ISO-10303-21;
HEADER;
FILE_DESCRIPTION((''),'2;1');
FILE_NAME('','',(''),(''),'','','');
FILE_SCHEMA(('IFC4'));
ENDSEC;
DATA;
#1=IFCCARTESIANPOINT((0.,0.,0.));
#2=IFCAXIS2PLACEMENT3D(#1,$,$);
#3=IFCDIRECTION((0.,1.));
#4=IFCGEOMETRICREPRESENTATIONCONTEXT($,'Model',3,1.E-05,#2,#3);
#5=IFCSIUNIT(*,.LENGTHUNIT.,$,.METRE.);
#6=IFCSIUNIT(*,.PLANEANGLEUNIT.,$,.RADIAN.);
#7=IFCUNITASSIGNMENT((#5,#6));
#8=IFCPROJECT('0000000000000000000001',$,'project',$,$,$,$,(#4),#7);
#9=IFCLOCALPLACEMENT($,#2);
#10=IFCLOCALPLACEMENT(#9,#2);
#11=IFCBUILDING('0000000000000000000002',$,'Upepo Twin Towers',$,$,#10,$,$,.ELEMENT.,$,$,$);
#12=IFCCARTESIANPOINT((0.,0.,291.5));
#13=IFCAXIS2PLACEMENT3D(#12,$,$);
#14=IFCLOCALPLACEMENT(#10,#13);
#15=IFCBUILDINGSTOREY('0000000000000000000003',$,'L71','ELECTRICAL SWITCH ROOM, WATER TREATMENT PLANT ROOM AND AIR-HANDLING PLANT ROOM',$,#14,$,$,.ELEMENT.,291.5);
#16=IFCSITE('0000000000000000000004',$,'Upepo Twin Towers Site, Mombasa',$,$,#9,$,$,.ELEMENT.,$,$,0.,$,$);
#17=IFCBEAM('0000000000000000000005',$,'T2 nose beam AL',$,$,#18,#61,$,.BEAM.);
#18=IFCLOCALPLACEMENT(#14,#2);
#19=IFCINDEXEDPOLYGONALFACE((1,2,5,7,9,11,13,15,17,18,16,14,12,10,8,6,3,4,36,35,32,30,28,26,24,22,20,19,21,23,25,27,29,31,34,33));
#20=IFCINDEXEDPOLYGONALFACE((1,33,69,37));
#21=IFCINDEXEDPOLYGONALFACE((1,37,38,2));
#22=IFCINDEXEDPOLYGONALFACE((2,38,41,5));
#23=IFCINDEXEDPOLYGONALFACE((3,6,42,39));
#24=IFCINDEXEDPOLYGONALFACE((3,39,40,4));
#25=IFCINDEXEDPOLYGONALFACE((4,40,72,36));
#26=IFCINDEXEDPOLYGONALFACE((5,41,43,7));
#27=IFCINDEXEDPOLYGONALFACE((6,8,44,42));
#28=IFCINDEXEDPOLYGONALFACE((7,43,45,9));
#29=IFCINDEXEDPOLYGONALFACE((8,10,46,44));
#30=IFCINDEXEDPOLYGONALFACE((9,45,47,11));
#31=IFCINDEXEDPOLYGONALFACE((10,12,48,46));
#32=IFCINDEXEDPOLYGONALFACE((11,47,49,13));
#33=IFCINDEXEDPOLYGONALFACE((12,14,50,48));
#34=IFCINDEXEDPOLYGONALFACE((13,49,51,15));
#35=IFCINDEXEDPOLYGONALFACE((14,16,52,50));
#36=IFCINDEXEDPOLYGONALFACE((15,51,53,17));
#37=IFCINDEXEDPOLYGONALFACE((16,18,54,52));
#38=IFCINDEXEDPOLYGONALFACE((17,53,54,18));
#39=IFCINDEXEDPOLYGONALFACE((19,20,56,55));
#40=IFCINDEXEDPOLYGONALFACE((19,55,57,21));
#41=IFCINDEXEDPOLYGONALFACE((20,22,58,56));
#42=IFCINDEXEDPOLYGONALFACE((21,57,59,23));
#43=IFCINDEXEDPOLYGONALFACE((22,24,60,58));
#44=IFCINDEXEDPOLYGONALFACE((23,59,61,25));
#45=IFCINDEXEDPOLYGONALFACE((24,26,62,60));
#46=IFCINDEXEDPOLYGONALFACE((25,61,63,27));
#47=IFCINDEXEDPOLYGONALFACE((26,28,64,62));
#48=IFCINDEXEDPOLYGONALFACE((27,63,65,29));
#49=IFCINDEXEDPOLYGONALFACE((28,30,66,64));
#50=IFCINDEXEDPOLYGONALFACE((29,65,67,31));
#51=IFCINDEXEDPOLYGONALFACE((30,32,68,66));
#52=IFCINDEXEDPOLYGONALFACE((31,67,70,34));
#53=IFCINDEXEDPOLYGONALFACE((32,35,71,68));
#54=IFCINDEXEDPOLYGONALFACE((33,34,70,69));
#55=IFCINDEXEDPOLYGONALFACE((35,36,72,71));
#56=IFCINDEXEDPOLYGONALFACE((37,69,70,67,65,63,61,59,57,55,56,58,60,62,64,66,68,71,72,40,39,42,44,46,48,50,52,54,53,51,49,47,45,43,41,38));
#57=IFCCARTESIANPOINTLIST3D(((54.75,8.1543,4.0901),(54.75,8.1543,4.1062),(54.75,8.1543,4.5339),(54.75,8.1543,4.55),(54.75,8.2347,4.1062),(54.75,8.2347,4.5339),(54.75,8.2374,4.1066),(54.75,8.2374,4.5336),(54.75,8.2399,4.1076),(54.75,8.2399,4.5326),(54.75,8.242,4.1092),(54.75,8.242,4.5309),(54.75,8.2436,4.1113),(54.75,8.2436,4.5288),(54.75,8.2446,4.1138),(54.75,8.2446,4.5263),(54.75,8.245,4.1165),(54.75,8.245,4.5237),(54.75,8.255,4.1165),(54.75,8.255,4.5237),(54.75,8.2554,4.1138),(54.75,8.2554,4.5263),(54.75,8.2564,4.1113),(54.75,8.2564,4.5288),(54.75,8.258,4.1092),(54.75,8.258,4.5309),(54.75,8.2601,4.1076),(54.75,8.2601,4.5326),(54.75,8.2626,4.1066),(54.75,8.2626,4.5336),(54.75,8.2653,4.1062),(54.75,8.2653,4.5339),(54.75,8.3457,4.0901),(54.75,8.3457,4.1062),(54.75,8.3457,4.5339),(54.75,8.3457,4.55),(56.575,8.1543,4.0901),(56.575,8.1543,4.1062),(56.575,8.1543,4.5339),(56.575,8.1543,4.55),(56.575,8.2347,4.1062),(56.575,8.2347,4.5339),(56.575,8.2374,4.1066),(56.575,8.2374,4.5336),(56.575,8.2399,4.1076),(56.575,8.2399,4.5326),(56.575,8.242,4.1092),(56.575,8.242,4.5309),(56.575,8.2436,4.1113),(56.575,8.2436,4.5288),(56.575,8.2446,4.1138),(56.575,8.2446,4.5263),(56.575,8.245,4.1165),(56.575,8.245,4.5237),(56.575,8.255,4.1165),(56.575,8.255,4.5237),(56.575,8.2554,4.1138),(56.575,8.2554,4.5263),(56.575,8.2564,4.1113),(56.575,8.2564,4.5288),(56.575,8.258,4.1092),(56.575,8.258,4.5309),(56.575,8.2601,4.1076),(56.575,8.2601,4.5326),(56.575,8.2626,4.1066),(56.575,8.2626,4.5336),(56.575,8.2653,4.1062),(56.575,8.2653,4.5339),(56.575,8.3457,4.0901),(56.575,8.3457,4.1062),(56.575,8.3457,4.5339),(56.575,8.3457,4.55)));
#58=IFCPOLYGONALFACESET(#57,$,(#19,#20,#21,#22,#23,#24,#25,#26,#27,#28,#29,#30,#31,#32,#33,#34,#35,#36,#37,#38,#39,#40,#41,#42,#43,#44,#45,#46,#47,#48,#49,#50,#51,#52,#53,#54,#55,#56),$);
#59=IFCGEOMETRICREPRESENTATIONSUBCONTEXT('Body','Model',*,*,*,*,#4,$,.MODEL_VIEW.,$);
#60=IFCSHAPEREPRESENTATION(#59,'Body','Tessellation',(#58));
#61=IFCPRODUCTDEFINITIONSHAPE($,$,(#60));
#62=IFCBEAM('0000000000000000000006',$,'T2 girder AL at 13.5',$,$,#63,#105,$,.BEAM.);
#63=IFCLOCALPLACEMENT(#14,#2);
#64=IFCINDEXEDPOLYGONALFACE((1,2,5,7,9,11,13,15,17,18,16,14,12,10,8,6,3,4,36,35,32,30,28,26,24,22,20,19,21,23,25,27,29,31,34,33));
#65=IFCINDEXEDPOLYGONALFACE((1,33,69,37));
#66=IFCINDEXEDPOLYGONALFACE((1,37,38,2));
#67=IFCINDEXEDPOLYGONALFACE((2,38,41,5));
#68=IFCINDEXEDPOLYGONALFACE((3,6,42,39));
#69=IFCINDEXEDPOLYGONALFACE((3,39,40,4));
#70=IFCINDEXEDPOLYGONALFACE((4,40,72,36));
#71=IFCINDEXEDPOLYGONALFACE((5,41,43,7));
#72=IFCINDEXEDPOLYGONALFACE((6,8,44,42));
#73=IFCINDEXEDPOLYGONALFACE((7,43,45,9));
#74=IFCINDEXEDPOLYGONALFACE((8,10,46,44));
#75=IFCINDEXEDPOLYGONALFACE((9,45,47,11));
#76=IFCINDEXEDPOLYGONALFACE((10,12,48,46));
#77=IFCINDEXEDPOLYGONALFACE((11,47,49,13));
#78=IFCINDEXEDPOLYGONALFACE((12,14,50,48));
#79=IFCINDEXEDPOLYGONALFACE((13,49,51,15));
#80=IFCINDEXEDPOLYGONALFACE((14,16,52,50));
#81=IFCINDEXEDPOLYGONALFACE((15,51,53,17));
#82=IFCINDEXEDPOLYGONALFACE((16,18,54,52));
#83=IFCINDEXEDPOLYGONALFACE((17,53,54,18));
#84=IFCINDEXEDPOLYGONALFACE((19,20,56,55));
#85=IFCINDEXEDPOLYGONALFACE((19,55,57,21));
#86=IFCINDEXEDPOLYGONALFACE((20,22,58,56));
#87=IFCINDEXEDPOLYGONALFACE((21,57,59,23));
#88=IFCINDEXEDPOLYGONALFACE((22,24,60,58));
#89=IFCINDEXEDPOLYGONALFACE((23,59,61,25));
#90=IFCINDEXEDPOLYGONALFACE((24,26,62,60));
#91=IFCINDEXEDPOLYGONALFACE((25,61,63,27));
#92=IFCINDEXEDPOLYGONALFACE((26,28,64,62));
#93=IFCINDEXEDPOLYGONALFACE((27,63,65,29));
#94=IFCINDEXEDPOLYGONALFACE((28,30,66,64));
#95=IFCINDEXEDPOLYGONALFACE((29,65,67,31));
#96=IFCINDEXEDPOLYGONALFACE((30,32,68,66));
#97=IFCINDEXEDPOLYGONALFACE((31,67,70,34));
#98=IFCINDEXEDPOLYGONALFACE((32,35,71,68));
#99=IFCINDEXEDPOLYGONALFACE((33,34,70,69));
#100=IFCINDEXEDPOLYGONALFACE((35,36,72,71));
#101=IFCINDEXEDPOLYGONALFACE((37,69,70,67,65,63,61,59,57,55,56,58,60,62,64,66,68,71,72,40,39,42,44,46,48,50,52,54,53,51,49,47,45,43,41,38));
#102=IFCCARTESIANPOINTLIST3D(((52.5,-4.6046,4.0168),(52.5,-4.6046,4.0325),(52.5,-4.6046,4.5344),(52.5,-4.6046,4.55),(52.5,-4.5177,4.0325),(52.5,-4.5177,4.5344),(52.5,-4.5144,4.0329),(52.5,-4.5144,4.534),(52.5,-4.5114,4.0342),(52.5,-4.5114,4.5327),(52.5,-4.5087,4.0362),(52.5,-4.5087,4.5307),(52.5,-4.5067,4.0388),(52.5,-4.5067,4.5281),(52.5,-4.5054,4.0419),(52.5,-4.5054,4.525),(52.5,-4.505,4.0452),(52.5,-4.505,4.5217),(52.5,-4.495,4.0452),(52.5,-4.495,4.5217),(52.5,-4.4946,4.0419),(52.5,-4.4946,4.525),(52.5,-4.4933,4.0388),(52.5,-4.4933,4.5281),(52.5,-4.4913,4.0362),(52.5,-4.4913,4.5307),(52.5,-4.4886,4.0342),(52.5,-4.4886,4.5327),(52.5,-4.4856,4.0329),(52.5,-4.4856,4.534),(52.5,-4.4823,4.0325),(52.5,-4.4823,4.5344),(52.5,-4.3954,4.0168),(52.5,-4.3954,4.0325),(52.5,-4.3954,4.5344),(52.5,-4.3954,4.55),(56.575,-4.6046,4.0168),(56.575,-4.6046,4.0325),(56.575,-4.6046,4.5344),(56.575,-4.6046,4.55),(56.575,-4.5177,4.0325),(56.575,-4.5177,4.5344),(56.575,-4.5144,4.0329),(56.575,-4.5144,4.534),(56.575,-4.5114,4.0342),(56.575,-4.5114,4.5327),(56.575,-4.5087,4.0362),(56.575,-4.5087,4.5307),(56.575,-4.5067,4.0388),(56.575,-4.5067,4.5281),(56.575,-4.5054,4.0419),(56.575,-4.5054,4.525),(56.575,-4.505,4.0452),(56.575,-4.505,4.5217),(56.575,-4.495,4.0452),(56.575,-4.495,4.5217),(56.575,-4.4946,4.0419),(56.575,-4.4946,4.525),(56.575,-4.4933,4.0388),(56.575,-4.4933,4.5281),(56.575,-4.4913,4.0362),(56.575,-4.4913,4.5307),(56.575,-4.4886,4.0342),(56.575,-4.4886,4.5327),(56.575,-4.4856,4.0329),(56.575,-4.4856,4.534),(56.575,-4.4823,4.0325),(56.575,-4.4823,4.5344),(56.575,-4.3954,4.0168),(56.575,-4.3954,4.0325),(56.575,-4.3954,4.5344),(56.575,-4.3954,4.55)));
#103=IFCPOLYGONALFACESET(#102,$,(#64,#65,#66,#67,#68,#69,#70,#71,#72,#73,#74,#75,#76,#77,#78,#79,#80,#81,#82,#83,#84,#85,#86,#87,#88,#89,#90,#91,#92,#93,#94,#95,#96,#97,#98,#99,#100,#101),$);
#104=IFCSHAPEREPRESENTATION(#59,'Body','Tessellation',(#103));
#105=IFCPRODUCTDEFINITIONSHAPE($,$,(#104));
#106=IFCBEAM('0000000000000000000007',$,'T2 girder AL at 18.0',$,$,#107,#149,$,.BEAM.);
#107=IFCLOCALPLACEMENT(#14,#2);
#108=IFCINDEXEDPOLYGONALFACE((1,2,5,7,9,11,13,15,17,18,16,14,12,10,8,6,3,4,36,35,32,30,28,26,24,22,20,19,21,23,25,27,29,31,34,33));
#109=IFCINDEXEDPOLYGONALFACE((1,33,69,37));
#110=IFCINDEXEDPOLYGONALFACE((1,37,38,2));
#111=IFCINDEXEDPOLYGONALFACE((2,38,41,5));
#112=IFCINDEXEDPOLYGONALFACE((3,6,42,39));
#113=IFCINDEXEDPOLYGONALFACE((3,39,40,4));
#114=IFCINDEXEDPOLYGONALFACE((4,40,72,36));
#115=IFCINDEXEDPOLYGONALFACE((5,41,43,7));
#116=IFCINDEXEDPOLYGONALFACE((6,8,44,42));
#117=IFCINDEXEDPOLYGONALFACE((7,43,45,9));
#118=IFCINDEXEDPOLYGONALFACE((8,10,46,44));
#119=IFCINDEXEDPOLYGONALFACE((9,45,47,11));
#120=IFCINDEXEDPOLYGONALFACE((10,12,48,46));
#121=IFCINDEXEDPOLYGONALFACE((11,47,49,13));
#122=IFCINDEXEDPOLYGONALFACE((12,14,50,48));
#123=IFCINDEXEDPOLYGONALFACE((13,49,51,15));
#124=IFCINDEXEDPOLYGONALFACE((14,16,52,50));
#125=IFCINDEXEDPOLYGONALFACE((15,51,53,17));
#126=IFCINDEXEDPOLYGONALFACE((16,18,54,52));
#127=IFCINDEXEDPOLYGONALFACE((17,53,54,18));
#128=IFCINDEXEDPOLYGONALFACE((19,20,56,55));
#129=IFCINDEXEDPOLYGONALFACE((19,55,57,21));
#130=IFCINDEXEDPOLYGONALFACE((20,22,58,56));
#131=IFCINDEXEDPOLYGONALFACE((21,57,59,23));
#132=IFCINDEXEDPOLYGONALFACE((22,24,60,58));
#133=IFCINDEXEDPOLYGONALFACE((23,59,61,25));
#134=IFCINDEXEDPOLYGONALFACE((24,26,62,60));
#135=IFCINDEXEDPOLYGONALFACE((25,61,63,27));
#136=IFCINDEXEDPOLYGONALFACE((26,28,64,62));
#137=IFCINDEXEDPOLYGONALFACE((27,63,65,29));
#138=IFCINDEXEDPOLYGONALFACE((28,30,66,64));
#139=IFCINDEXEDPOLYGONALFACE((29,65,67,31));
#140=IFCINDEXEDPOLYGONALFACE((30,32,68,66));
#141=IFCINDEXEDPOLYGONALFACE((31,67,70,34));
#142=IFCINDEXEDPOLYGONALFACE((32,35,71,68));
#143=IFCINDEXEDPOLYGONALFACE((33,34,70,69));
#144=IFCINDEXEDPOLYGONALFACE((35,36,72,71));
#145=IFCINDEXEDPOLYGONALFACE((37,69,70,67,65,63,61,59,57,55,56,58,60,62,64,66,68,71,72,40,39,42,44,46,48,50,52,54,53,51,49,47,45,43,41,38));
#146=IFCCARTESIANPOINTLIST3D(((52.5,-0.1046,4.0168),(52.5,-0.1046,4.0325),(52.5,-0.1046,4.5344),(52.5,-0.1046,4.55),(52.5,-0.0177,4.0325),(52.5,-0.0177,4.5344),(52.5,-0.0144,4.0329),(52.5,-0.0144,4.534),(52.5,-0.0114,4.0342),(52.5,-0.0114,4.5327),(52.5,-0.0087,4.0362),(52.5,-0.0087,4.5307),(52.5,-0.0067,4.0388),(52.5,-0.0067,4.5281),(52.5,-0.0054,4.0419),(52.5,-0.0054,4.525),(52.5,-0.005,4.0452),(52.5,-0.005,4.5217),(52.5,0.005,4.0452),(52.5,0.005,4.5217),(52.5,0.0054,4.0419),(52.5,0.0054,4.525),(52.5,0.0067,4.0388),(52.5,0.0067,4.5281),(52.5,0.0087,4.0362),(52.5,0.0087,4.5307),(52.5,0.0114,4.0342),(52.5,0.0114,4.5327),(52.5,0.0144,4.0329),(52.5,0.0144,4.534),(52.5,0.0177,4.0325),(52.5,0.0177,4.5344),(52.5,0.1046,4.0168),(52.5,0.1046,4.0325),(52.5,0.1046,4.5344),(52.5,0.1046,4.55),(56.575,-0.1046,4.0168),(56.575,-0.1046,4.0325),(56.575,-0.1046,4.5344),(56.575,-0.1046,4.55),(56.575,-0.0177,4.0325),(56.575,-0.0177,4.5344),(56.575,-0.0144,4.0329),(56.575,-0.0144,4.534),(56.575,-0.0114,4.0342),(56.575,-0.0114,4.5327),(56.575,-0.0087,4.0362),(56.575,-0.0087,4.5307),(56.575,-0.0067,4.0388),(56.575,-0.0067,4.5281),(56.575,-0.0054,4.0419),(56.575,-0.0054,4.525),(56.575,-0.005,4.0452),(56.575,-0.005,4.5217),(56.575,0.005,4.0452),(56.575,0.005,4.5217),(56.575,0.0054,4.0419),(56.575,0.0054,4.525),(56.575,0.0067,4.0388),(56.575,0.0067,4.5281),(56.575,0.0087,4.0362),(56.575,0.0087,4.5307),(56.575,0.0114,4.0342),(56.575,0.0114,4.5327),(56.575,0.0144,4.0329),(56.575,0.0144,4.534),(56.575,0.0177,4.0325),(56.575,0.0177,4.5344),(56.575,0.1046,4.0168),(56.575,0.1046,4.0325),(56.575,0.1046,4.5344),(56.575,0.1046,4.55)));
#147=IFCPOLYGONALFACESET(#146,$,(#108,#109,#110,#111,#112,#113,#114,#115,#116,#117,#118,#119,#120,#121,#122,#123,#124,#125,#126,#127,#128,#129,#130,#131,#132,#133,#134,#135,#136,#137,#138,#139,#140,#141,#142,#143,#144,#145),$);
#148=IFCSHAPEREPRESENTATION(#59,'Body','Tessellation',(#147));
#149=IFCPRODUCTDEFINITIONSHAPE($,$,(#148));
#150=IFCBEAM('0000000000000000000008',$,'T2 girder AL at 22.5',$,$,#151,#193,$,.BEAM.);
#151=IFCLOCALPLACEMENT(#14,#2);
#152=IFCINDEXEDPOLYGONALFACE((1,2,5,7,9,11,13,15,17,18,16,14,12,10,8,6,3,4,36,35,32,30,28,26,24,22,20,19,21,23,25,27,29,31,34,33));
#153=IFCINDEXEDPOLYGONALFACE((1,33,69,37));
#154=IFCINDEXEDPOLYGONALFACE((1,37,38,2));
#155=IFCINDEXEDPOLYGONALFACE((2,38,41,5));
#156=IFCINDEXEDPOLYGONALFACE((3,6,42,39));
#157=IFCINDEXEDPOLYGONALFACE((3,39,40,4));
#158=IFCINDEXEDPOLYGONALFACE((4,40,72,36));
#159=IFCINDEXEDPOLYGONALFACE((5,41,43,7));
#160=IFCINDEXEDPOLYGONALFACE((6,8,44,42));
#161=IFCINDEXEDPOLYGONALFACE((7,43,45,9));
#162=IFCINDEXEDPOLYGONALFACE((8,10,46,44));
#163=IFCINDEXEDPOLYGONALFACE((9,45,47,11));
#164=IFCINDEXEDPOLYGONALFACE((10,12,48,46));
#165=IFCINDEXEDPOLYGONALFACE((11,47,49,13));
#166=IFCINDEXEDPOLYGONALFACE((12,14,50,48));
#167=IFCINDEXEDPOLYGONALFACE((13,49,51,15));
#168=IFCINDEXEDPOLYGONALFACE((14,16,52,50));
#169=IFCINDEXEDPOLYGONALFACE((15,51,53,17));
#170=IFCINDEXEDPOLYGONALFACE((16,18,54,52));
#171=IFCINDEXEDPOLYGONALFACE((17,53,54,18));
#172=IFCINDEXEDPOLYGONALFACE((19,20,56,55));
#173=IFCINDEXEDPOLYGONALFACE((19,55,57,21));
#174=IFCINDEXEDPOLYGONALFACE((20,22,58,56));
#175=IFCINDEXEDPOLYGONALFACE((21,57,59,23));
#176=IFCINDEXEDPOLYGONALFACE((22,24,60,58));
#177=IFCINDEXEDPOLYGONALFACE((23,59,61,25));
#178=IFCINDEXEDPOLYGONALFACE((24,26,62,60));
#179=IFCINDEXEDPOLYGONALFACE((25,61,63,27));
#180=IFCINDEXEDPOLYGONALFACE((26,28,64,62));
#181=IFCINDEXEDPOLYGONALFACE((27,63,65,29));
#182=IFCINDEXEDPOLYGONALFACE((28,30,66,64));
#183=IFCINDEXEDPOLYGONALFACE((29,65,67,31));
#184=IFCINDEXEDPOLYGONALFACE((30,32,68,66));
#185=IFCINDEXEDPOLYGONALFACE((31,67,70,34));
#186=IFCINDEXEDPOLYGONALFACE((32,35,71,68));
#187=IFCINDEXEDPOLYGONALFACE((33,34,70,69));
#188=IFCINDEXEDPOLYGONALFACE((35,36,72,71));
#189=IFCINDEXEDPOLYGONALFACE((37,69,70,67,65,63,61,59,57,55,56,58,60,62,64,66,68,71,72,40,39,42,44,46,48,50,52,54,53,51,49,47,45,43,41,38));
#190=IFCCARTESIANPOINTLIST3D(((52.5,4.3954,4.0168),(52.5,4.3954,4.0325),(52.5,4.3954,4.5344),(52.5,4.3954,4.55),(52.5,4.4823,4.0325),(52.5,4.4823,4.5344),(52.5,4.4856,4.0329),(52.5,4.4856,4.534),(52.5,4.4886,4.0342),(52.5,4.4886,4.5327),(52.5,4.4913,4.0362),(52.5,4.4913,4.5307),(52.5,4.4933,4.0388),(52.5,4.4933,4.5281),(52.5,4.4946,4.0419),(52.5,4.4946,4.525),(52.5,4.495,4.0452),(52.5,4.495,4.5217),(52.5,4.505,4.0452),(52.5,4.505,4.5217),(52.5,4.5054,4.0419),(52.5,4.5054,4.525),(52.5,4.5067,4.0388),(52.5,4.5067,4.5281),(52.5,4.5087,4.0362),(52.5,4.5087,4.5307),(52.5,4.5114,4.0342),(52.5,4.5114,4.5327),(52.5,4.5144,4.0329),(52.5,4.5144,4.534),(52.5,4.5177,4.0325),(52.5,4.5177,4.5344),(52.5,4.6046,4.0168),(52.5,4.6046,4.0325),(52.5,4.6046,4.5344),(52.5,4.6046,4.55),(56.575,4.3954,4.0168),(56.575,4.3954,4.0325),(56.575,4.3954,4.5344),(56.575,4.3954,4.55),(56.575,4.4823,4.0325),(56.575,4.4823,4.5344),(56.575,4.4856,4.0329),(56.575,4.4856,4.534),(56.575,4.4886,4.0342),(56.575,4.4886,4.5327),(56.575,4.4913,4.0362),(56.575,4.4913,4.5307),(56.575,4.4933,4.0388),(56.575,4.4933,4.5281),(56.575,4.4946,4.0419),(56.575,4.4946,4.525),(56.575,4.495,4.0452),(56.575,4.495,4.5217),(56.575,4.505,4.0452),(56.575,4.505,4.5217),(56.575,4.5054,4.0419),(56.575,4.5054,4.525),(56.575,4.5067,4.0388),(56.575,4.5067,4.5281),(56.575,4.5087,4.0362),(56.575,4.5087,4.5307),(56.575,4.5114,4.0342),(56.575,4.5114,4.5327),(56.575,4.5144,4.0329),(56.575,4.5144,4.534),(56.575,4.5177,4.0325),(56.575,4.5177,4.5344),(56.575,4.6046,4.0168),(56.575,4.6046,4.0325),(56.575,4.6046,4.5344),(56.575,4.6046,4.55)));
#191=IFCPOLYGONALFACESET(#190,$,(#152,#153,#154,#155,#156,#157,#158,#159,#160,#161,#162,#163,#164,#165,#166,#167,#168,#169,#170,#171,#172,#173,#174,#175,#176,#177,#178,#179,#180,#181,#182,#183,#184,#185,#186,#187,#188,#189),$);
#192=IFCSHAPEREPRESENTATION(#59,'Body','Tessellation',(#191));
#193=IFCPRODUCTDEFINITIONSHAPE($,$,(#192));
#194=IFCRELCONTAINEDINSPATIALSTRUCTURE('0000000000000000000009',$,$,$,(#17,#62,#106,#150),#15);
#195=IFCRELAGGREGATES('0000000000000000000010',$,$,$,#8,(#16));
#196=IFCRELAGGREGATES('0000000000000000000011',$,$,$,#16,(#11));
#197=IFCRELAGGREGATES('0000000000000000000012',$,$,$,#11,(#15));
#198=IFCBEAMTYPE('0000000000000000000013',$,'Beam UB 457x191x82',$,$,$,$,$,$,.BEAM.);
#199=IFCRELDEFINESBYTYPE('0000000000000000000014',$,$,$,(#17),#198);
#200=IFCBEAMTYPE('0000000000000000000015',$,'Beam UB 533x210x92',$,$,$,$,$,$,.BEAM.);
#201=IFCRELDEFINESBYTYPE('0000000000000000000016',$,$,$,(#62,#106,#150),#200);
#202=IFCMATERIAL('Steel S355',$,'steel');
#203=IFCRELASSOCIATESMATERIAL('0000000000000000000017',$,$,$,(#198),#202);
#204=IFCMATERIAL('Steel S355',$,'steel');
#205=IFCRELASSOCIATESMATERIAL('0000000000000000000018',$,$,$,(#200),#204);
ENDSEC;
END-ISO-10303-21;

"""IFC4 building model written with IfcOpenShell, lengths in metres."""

from ifc_helpers import new_model, si_unit, direction, frame, origin, origin_2d, place, context, subcontext, project, spatial, i_section, extrude, material, material_profile, profile_set, type_object, element, save


model = new_model("IFC4")

# Units and contexts
model_context = context("Model", 3, precision=1e-05, world=origin(), true_north=direction((0.0, 1.0)))
body_context = subcontext(model_context, "Body", "Model", "MODEL_VIEW")
ifc_project = project(units=[si_unit("LENGTHUNIT", "METRE"), si_unit("PLANEANGLEUNIT", "RADIAN")], contexts=[model_context])

# Site, building, storey
site_placement = place(None, origin())
site = spatial("IfcSite", under=ifc_project, at=site_placement, Name="Upepo Twin Towers Site, Mombasa", CompositionType="ELEMENT", RefElevation=0.0)
building_placement = place(site_placement, origin())
building = spatial("IfcBuilding", under=site, at=building_placement, Name="Upepo Twin Towers", CompositionType="ELEMENT")
storey_placement = place(building_placement, frame((0.0, 0.0, 291.5)))
storey = spatial("IfcBuildingStorey", under=building, at=storey_placement, Name="L71", Description="ELECTRICAL SWITCH ROOM, WATER TREATMENT PLANT ROOM AND AIR-HANDLING PLANT ROOM", CompositionType="ELEMENT", Elevation=291.5)

# Beams
ifc_material_1 = material(Name="Steel S355", Category="steel")
ifc_material_profile_1 = material_profile(ifc_material_1, i_section(OverallWidth=0.1914, OverallDepth=0.46, WebThickness=0.01, FlangeThickness=0.0161, FilletRadius=0.0103, at=origin_2d()), Name="UB 457x191x82")
ifc_profile_set_1 = profile_set([ifc_material_profile_1], Name="Steel S355")
beam_type_1 = type_object("IfcBeamType", Name="Beam UB 457x191x82", PredefinedType="BEAM", material=ifc_profile_set_1)
beam_1_placement = place(storey_placement, frame((54.75, 8.25, 4.3201), z_axis=(1.0, 0.0, 0.0), x_axis=(0.0, 1.0, 0.0)))
element("IfcBeam", 1, at=beam_1_placement, inside=storey, type_object=beam_type_1, Name="T2 nose beam AL", PredefinedType="BEAM", context=body_context, shape_type="SweptSolid", body=[
    extrude(i_section(OverallWidth=0.1914, OverallDepth=0.46, WebThickness=0.01, FlangeThickness=0.0161, FilletRadius=0.0103, at=origin_2d()), origin(), (0.0, 0.0, 1.0), 1.825),
])
ifc_material_2 = material(Name="Steel S355", Category="steel")
ifc_material_profile_2 = material_profile(ifc_material_2, i_section(OverallWidth=0.2092, OverallDepth=0.5332, WebThickness=0.01, FlangeThickness=0.0156, FilletRadius=0.0127, at=origin_2d()), Name="UB 533x210x92")
ifc_profile_set_2 = profile_set([ifc_material_profile_2], Name="Steel S355")
beam_type_2 = type_object("IfcBeamType", Name="Beam UB 533x210x92", PredefinedType="BEAM", material=ifc_profile_set_2)
for number, where, z_axis, x_axis, name in (
    (2, (52.5, -4.5, 4.2834), (1.0, 0.0, 0.0), (0.0, 1.0, 0.0), "T2 girder AL at 13.5"),
    (3, (52.5, 0.0, 4.2834), (1.0, 0.0, 0.0), (0.0, 1.0, 0.0), "T2 girder AL at 18.0"),
    (4, (52.5, 4.5, 4.2834), (1.0, 0.0, 0.0), (0.0, 1.0, 0.0), "T2 girder AL at 22.5"),
):
    element("IfcBeam", number, at=place(storey_placement, frame(where, z_axis=z_axis, x_axis=x_axis)), inside=storey, type_object=beam_type_2, Name=name, PredefinedType="BEAM", context=body_context, shape_type="SweptSolid", body=[
        extrude(i_section(OverallWidth=0.2092, OverallDepth=0.5332, WebThickness=0.01, FlangeThickness=0.0156, FilletRadius=0.0127, at=origin_2d()), origin(), (0.0, 0.0, 1.0), 4.075),
    ])

save(model, "model.ifc")
